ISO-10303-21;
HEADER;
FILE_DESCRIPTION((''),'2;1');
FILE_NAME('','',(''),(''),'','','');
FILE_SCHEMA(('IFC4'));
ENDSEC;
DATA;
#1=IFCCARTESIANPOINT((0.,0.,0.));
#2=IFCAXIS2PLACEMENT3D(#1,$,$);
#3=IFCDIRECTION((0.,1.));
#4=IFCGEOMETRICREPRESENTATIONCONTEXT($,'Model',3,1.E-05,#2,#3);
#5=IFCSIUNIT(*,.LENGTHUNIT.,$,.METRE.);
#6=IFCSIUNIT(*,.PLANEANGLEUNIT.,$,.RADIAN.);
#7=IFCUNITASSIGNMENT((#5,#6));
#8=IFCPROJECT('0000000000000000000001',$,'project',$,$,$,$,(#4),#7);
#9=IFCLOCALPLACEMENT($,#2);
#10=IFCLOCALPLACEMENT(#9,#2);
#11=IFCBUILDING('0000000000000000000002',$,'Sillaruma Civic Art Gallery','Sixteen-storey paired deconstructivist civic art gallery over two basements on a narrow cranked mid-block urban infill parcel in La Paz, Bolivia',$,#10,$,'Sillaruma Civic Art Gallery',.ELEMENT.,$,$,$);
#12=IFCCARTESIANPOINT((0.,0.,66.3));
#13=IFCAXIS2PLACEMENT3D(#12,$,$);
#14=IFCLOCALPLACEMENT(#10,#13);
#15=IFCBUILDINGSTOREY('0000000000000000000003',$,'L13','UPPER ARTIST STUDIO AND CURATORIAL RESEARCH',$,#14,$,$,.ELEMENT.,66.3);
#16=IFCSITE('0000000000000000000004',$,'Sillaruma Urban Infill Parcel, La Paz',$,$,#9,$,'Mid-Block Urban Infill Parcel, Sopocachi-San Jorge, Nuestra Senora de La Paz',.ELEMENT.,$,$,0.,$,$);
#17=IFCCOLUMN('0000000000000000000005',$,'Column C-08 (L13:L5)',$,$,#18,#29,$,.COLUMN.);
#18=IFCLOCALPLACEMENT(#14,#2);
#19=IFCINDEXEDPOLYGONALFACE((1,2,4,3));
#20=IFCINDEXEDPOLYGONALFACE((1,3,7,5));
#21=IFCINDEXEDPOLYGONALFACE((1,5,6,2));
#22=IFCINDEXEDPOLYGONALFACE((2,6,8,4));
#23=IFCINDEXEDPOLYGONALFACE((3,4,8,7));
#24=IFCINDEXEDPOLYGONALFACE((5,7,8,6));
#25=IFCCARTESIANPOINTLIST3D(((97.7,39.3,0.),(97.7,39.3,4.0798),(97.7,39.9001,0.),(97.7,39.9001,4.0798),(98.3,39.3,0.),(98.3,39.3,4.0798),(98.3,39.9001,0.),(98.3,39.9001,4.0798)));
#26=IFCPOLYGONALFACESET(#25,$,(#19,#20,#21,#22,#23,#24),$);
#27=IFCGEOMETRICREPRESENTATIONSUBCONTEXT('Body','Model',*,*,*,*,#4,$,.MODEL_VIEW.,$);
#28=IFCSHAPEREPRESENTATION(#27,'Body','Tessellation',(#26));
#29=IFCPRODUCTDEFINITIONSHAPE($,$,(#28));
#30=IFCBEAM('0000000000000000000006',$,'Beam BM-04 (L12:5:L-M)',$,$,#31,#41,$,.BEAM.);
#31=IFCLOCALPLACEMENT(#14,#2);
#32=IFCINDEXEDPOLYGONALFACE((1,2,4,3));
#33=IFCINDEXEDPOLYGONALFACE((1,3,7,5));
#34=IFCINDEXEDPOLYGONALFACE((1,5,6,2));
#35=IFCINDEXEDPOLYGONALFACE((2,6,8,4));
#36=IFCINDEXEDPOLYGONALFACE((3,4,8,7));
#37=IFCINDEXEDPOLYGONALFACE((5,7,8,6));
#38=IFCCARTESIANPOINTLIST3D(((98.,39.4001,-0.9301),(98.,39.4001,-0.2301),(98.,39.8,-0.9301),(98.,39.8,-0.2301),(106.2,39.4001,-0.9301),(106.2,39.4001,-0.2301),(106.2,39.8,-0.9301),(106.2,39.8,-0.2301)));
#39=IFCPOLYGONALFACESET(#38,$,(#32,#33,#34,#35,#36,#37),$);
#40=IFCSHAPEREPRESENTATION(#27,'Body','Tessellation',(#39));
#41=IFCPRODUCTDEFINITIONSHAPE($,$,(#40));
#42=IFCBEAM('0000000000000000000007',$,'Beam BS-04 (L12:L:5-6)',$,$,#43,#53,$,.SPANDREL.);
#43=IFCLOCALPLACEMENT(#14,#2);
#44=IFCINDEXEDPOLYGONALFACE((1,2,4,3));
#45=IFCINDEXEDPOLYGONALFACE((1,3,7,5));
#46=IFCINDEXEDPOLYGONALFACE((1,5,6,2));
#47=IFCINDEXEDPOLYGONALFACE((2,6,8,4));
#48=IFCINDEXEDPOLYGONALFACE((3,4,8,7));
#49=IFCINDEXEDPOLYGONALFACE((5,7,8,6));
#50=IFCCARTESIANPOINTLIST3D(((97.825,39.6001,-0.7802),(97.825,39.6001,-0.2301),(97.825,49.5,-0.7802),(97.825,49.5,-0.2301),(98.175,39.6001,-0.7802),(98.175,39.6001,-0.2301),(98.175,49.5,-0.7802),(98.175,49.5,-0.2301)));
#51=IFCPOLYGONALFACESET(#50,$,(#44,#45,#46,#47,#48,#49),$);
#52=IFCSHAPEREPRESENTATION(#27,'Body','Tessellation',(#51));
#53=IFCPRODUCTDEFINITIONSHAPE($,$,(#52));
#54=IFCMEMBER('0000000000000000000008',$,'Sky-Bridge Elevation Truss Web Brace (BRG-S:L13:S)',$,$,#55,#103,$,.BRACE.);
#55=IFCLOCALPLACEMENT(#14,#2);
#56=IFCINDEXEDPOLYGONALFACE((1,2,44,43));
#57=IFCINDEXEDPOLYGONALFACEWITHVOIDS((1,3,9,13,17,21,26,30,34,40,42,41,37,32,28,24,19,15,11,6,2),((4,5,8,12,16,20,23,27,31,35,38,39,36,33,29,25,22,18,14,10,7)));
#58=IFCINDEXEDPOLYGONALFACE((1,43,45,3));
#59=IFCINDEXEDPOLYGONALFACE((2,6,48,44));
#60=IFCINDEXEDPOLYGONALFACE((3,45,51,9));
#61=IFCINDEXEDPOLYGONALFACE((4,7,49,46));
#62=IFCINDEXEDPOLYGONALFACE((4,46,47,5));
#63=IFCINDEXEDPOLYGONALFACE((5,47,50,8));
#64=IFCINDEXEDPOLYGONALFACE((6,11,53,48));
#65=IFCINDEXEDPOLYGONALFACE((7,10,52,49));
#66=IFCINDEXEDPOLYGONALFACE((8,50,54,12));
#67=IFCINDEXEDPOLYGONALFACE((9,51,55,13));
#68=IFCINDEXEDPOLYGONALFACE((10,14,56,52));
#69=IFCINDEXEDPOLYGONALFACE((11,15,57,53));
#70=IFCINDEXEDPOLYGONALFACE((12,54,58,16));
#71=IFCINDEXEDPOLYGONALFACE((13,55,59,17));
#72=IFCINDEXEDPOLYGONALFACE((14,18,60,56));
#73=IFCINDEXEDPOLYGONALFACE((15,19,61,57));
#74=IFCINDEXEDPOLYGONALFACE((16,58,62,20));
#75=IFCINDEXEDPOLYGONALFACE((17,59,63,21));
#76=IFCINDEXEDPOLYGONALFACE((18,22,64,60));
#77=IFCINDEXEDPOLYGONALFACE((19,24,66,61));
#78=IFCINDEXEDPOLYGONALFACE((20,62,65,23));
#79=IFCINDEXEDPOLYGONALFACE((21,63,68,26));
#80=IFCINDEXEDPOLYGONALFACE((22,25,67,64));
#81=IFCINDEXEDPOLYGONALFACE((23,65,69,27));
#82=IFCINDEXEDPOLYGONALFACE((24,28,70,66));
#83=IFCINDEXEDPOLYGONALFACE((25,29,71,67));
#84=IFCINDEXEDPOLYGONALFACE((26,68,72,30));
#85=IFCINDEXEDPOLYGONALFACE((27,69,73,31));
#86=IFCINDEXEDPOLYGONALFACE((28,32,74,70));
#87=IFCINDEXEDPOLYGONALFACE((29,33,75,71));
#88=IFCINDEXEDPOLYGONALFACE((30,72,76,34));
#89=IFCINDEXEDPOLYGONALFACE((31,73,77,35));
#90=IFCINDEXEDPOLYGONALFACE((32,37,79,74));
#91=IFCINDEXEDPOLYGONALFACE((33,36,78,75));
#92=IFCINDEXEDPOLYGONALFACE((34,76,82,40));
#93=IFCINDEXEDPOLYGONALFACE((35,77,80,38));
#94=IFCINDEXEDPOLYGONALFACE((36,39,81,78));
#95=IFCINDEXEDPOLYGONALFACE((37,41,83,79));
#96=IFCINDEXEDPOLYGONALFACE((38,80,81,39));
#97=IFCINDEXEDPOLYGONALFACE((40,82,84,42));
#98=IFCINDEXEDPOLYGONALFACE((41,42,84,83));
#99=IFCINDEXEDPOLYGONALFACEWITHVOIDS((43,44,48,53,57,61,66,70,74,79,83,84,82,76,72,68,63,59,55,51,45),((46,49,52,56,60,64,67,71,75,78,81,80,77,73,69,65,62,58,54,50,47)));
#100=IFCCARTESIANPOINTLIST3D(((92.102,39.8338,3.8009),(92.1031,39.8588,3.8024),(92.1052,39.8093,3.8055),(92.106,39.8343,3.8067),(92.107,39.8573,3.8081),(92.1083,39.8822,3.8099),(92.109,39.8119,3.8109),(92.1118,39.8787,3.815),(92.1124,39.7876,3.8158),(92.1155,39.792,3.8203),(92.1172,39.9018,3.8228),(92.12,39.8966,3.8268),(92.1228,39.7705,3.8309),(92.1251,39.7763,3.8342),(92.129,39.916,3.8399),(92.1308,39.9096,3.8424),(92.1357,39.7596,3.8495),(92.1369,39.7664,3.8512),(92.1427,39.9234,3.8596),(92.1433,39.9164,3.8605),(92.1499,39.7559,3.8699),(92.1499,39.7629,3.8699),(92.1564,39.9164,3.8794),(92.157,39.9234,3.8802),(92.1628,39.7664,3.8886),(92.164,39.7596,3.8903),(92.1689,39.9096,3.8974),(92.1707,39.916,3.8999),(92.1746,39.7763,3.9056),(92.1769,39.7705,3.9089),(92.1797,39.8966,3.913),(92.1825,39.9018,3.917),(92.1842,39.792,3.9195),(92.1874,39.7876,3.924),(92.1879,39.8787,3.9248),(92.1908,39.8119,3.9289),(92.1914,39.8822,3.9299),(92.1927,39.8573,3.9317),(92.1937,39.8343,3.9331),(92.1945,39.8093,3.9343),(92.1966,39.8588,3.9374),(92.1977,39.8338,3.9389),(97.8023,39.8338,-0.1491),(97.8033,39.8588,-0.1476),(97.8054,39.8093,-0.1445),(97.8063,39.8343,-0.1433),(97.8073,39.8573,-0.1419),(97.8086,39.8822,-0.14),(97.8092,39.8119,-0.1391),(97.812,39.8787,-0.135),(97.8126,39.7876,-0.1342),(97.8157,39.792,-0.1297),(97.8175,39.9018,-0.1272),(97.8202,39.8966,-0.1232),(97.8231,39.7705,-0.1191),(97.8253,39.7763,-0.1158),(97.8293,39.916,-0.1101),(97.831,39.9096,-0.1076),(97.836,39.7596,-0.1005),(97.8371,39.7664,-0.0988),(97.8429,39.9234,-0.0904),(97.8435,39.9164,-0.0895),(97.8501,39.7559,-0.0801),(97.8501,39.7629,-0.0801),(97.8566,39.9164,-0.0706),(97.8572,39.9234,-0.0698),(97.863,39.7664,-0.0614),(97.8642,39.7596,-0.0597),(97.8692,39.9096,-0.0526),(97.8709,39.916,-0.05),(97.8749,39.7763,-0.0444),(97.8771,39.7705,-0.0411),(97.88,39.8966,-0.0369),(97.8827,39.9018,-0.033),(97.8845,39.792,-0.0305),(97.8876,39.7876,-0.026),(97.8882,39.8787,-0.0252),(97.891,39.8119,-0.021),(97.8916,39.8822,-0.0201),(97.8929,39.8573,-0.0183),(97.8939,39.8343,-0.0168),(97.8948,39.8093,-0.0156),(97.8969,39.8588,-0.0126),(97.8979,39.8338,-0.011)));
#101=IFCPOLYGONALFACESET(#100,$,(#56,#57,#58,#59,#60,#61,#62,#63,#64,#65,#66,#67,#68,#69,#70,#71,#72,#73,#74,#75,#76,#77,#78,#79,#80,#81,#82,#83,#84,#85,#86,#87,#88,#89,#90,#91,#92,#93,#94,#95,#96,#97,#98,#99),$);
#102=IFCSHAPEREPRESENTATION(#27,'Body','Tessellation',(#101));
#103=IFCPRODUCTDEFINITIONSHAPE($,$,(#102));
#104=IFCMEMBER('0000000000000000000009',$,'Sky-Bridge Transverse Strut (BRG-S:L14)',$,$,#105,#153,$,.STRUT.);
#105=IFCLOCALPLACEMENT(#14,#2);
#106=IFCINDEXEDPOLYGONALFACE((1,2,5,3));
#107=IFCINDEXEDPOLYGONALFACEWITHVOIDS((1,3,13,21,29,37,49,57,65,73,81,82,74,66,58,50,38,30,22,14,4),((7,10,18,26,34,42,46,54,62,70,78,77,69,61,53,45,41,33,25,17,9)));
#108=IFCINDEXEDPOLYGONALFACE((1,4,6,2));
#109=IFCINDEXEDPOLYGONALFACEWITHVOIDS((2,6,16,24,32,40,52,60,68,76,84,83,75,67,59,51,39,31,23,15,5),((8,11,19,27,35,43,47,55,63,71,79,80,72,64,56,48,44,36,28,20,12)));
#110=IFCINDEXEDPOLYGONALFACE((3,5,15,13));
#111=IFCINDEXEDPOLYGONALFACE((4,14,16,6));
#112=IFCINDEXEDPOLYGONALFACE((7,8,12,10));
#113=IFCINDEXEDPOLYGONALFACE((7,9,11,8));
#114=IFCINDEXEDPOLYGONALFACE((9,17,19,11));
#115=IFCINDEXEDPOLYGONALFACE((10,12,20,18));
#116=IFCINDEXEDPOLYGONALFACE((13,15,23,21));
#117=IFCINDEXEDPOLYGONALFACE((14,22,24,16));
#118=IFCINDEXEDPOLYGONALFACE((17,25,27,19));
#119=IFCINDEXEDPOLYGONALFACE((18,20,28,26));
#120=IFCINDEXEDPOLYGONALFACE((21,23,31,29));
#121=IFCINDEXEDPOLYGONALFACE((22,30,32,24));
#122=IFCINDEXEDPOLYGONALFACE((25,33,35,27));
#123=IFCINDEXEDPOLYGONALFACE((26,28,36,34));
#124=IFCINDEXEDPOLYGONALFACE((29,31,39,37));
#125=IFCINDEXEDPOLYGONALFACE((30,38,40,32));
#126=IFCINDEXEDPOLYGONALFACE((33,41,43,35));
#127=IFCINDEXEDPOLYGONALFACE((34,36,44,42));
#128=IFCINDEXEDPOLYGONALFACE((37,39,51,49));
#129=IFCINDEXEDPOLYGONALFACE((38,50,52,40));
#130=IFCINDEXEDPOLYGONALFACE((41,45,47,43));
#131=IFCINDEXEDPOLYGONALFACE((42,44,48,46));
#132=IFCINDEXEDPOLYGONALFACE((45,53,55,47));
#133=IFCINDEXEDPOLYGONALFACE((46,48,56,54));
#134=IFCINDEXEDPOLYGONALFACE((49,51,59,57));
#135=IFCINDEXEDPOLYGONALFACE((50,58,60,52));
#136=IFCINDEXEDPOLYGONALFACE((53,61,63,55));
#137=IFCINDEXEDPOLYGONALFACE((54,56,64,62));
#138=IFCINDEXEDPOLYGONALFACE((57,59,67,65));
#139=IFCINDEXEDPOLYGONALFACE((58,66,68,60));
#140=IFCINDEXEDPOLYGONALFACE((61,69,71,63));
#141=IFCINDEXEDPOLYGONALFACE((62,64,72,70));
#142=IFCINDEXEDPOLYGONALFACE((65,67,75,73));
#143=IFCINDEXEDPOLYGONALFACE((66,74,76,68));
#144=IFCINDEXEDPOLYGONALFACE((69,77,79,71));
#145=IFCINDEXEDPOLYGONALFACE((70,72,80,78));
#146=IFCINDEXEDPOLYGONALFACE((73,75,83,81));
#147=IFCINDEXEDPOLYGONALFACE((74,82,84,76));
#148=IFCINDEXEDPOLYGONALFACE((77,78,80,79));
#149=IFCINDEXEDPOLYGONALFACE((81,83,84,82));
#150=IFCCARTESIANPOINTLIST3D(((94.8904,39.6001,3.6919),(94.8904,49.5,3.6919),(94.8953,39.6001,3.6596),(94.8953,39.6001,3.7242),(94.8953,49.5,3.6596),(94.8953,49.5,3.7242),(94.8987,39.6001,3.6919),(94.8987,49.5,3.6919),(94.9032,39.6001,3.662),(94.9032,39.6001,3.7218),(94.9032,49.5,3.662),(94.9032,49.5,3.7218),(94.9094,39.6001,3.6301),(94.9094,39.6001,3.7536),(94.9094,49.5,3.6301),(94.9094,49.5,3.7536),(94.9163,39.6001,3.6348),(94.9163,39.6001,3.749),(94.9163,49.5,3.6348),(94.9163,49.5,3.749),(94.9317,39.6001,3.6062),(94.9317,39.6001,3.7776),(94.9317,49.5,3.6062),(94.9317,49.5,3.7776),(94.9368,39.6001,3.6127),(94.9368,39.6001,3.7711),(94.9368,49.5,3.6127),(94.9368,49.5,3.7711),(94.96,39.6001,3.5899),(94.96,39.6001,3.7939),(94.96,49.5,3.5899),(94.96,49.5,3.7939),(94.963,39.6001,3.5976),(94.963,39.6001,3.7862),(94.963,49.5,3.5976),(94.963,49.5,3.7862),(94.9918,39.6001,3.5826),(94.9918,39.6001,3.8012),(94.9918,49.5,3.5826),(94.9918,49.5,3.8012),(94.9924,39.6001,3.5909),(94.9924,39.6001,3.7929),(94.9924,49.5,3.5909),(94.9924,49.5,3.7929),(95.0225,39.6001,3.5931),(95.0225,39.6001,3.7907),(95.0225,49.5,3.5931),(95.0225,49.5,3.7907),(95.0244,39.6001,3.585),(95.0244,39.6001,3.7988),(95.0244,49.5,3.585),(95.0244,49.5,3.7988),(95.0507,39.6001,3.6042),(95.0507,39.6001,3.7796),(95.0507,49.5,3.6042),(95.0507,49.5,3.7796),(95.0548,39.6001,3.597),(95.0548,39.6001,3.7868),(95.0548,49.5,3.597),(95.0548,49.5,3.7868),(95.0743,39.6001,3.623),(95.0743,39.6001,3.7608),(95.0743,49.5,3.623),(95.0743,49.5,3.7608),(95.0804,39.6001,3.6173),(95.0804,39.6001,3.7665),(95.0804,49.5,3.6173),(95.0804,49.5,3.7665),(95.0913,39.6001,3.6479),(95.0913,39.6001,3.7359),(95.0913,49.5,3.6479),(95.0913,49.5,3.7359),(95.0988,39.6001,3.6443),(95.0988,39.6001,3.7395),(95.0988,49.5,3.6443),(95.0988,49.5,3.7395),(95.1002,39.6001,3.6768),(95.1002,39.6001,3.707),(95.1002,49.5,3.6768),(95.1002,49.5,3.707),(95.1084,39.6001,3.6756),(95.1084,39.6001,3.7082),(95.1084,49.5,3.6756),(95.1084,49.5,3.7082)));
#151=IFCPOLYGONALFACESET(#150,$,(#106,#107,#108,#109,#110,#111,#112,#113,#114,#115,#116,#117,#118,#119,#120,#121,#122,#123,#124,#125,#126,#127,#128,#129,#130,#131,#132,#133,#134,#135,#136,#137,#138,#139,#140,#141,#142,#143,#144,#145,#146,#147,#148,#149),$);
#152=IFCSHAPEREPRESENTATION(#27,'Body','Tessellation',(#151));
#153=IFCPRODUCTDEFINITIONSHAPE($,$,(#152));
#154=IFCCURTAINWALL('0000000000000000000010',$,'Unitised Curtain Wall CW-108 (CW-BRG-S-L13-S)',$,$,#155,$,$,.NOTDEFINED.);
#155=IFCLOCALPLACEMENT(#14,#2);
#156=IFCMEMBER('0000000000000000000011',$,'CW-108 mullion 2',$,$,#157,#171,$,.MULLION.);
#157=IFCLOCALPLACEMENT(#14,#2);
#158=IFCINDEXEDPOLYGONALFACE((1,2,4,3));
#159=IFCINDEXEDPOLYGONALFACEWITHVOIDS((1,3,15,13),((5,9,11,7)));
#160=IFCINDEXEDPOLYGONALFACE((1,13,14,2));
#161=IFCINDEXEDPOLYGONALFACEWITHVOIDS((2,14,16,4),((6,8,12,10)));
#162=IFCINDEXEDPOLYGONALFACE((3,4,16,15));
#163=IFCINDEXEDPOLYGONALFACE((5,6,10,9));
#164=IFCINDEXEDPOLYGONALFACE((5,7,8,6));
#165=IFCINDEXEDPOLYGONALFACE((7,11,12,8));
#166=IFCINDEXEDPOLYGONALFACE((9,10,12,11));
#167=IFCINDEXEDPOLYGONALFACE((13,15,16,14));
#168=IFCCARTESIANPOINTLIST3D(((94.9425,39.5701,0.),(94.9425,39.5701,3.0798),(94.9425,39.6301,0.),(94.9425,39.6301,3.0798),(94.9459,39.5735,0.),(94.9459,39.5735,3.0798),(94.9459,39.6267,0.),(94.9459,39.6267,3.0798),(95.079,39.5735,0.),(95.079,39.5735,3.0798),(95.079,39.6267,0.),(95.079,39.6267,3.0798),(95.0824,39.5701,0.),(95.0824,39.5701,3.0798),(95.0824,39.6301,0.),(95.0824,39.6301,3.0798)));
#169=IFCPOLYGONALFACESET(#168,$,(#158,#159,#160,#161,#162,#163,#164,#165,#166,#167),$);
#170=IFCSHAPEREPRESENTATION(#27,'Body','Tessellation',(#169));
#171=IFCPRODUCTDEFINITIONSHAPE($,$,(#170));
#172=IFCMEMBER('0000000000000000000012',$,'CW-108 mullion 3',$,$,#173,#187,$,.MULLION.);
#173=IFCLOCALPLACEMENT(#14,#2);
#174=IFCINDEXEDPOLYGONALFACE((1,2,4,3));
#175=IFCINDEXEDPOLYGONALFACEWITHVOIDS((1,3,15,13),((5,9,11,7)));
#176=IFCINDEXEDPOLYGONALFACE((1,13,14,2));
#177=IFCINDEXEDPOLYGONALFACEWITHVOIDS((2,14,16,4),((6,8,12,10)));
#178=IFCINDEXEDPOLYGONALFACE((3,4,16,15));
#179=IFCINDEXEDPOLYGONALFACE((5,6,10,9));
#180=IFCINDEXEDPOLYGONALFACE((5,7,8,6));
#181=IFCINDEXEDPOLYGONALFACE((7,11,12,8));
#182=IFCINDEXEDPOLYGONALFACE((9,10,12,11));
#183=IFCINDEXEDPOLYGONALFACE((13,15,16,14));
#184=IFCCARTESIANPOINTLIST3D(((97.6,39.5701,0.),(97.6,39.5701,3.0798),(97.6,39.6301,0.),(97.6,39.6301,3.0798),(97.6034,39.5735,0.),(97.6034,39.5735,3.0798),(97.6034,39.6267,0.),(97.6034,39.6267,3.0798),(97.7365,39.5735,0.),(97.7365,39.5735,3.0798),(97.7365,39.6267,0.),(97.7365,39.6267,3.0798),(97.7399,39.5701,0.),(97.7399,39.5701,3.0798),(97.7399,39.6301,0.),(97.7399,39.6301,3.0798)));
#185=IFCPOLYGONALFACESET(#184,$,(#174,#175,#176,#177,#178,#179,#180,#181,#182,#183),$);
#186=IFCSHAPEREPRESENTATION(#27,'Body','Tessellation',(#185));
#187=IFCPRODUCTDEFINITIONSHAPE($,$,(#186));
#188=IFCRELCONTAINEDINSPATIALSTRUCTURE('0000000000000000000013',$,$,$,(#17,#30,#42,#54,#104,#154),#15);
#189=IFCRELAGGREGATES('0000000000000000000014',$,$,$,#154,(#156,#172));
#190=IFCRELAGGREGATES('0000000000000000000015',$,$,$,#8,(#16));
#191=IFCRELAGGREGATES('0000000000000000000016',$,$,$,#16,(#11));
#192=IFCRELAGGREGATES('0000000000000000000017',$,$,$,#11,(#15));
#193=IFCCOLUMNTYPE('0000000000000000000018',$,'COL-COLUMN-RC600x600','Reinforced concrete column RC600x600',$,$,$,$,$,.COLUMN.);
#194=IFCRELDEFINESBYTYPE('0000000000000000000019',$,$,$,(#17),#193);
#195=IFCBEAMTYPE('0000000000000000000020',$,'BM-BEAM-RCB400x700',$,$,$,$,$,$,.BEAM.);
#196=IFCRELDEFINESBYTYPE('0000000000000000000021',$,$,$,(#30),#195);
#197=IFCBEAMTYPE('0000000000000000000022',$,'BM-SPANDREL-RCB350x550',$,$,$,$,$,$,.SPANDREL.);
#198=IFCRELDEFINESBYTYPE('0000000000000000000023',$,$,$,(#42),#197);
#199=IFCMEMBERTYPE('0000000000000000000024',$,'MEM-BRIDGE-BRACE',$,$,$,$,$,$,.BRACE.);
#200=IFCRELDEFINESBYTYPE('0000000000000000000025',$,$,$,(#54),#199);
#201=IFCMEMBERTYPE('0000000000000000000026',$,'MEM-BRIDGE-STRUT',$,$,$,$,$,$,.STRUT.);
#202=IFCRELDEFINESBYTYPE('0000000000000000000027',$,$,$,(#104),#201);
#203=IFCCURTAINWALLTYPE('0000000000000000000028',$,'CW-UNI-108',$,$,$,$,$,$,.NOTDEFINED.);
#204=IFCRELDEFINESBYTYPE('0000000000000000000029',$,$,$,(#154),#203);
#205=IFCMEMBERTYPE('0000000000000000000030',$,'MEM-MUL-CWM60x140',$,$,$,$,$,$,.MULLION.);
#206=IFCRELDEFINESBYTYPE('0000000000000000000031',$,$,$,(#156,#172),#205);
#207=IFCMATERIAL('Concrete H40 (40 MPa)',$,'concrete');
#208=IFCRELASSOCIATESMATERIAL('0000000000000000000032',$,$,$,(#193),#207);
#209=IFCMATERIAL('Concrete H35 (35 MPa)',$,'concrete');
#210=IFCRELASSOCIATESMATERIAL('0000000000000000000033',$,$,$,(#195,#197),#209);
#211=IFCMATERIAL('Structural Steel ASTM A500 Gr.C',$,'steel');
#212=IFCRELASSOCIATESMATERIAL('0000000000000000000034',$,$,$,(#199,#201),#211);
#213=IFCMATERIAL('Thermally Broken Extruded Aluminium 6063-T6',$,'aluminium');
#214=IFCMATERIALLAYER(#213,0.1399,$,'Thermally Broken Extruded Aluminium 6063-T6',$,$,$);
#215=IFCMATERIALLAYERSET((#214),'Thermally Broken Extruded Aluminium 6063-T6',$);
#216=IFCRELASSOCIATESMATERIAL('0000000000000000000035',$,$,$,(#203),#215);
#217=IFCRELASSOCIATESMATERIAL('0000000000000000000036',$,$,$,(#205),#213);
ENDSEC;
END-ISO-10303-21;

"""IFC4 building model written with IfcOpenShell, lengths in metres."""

from ifc_helpers import new_model, si_unit, direction, frame, origin, origin_2d, place, context, subcontext, project, spatial, rectangle, hollow_rectangle, hollow_circle, extrude, material, layer, layer_set, material_profile, profile_set, type_object, element, aggregate, save


model = new_model("IFC4")

# Units and contexts
model_context = context("Model", 3, precision=1e-05, world=origin(), true_north=direction((0.0, 1.0)))
body_context = subcontext(model_context, "Body", "Model", "MODEL_VIEW")
ifc_project = project(units=[si_unit("LENGTHUNIT", "METRE"), si_unit("PLANEANGLEUNIT", "RADIAN")], contexts=[model_context])

# Site, building, storey
site_placement = place(None, origin())
site = spatial("IfcSite", under=ifc_project, at=site_placement, Name="Sillaruma Urban Infill Parcel, La Paz", LongName="Mid-Block Urban Infill Parcel, Sopocachi-San Jorge, Nuestra Senora de La Paz", CompositionType="ELEMENT", RefElevation=0.0)
building_placement = place(site_placement, origin())
building = spatial("IfcBuilding", under=site, at=building_placement, Name="Sillaruma Civic Art Gallery", Description="Sixteen-storey paired deconstructivist civic art gallery over two basements on a narrow cranked mid-block urban infill parcel in La Paz, Bolivia", LongName="Sillaruma Civic Art Gallery", CompositionType="ELEMENT")
storey_placement = place(building_placement, frame((0.0, 0.0, 66.3)))
storey = spatial("IfcBuildingStorey", under=building, at=storey_placement, Name="L13", Description="UPPER ARTIST STUDIO AND CURATORIAL RESEARCH", CompositionType="ELEMENT", Elevation=66.3)

# Column
ifc_material_1 = material(Name="Concrete H40 (40 MPa)", Category="concrete")
ifc_material_profile_1 = material_profile(ifc_material_1, rectangle(XDim=0.6001, YDim=0.6001, at=origin_2d()), Name="RC600x600")
ifc_profile_set_1 = profile_set([ifc_material_profile_1], Name="Concrete H40 (40 MPa)")
column_type = type_object("IfcColumnType", Name="COL-COLUMN-RC600x600", Description="Reinforced concrete column RC600x600", PredefinedType="COLUMN", material=ifc_profile_set_1)
column_placement = place(storey_placement, frame((98.0, 39.6001, 0.0), z_axis=(0.0, 0.0, 1.0), x_axis=(1.0, 0.0, 0.0)))
element("IfcColumn", 1, at=column_placement, inside=storey, type_object=column_type, Name="Column C-08 (L13:L5)", PredefinedType="COLUMN", context=body_context, shape_type="SweptSolid", body=[
    extrude(rectangle(XDim=0.6001, YDim=0.6001, at=origin_2d()), origin(), (0.0, 0.0, 1.0), 4.0798),
])

# Beams
ifc_material_2 = material(Name="Concrete H35 (35 MPa)", Category="concrete")
ifc_material_profile_2 = material_profile(ifc_material_2, rectangle(XDim=0.3999, YDim=0.7, at=origin_2d()), Name="RCB400x700")
ifc_profile_set_2 = profile_set([ifc_material_profile_2], Name="Concrete H35 (35 MPa)")
beam_type_1 = type_object("IfcBeamType", Name="BM-BEAM-RCB400x700", PredefinedType="BEAM", material=ifc_profile_set_2)
beam_1_placement = place(storey_placement, frame((98.0, 39.6001, -0.5801), z_axis=(1.0, 0.0, 0.0), x_axis=(0.0, 1.0, 0.0)))
element("IfcBeam", 2, at=beam_1_placement, inside=storey, type_object=beam_type_1, Name="Beam BM-04 (L12:5:L-M)", PredefinedType="BEAM", context=body_context, shape_type="SweptSolid", body=[
    extrude(rectangle(XDim=0.3999, YDim=0.7, at=origin_2d()), origin(), (0.0, 0.0, 1.0), 8.2),
])
ifc_material_profile_3 = material_profile(ifc_material_2, rectangle(XDim=0.3501, YDim=0.55, at=origin_2d()), Name="RCB350x550")
ifc_profile_set_3 = profile_set([ifc_material_profile_3], Name="Concrete H35 (35 MPa)")
beam_type_2 = type_object("IfcBeamType", Name="BM-SPANDREL-RCB350x550", PredefinedType="SPANDREL", material=ifc_profile_set_3)
beam_2_placement = place(storey_placement, frame((98.0, 39.6001, -0.5051), z_axis=(0.0, 1.0, 0.0), x_axis=(-1.0, 0.0, 0.0)))
element("IfcBeam", 3, at=beam_2_placement, inside=storey, type_object=beam_type_2, Name="Beam BS-04 (L12:L:5-6)", PredefinedType="SPANDREL", context=body_context, shape_type="SweptSolid", body=[
    extrude(rectangle(XDim=0.3501, YDim=0.55, at=origin_2d()), origin(), (0.0, 0.0, 1.0), 9.8999),
])

# Members
ifc_material_3 = material(Name="Structural Steel ASTM A500 Gr.C", Category="steel")
ifc_material_profile_4 = material_profile(ifc_material_3, hollow_circle(Radius=0.0842, WallThickness=0.0071, at=origin_2d()), Name="CHS168.3x7.1")
ifc_profile_set_4 = profile_set([ifc_material_profile_4], Name="Structural Steel ASTM A500 Gr.C")
member_type_1 = type_object("IfcMemberType", Name="MEM-BRIDGE-BRACE", PredefinedType="BRACE", material=ifc_profile_set_4)
member_1_placement = place(storey_placement, frame((97.8501, 39.8401, -0.0801), z_axis=(-0.821945, 0.0, 0.569567), x_axis=(0.0, -1.0, 0.0)))
element("IfcMember", 4, at=member_1_placement, inside=storey, type_object=member_type_1, Name="Sky-Bridge Elevation Truss Web Brace (BRG-S:L13:S)", PredefinedType="BRACE", context=body_context, shape_type="SweptSolid", body=[
    extrude(hollow_circle(Radius=0.0842, WallThickness=0.0071, at=origin_2d()), origin(), (0.0, 0.0, 1.0), 6.9351),
])
ifc_material_profile_5 = material_profile(ifc_material_3, hollow_circle(Radius=0.1096, WallThickness=0.0083, at=origin_2d()), Name="CHS219.1x8.2")
ifc_profile_set_5 = profile_set([ifc_material_profile_5], Name="Structural Steel ASTM A500 Gr.C")
member_type_2 = type_object("IfcMemberType", Name="MEM-BRIDGE-STRUT", PredefinedType="STRUT", material=ifc_profile_set_5)
member_2_placement = place(storey_placement, frame((95.0, 39.6001, 3.6919), z_axis=(0.0, 1.0, 0.0), x_axis=(-1.0, 0.0, 0.0)))
element("IfcMember", 5, at=member_2_placement, inside=storey, type_object=member_type_2, Name="Sky-Bridge Transverse Strut (BRG-S:L14)", PredefinedType="STRUT", context=body_context, shape_type="SweptSolid", body=[
    extrude(hollow_circle(Radius=0.1096, WallThickness=0.0083, at=origin_2d()), origin(), (0.0, 0.0, 1.0), 9.8999),
])

# Curtain wall, members
ifc_material_4 = material(Name="Thermally Broken Extruded Aluminium 6063-T6", Category="aluminium")
ifc_layer_1 = layer(ifc_material_4, 0.1399, Name="Thermally Broken Extruded Aluminium 6063-T6")
ifc_layer_set_1 = layer_set([ifc_layer_1], Name="Thermally Broken Extruded Aluminium 6063-T6")
curtain_wall_type = type_object("IfcCurtainWallType", Name="CW-UNI-108", PredefinedType="NOTDEFINED", material=ifc_layer_set_1)
curtain_wall_placement = place(storey_placement, origin())
curtain_wall = element("IfcCurtainWall", 6, at=curtain_wall_placement, inside=storey, type_object=curtain_wall_type, Name="Unitised Curtain Wall CW-108 (CW-BRG-S-L13-S)", PredefinedType="NOTDEFINED")
ifc_material_profile_6 = material_profile(ifc_material_4, hollow_rectangle(XDim=0.0601, YDim=0.1399, WallThickness=0.0034, at=origin_2d()), Name="CWM60x140")
ifc_profile_set_6 = profile_set([ifc_material_profile_6], Name="Thermally Broken Extruded Aluminium 6063-T6")
member_type_3 = type_object("IfcMemberType", Name="MEM-MUL-CWM60x140", PredefinedType="MULLION", material=ifc_profile_set_6)
member_3_placement = place(storey_placement, frame((95.0125, 39.6001, 0.0), z_axis=(0.0, 0.0, 1.0), x_axis=(0.0, 1.0, 0.0)))
member_3 = element("IfcMember", 7, at=member_3_placement, type_object=member_type_3, Name="CW-108 mullion 2", PredefinedType="MULLION", context=body_context, shape_type="SweptSolid", body=[
    extrude(hollow_rectangle(XDim=0.0601, YDim=0.1399, WallThickness=0.0034, at=origin_2d()), origin(), (0.0, 0.0, 1.0), 3.0798),
])
member_4_placement = place(storey_placement, frame((97.6699, 39.6001, 0.0), z_axis=(0.0, 0.0, 1.0), x_axis=(0.0, 1.0, 0.0)))
member_4 = element("IfcMember", 8, at=member_4_placement, type_object=member_type_3, Name="CW-108 mullion 3", PredefinedType="MULLION", context=body_context, shape_type="SweptSolid", body=[
    extrude(hollow_rectangle(XDim=0.0601, YDim=0.1399, WallThickness=0.0034, at=origin_2d()), origin(), (0.0, 0.0, 1.0), 3.0798),
])

aggregate(curtain_wall, [member_3, member_4])

save(model, "model.ifc")
